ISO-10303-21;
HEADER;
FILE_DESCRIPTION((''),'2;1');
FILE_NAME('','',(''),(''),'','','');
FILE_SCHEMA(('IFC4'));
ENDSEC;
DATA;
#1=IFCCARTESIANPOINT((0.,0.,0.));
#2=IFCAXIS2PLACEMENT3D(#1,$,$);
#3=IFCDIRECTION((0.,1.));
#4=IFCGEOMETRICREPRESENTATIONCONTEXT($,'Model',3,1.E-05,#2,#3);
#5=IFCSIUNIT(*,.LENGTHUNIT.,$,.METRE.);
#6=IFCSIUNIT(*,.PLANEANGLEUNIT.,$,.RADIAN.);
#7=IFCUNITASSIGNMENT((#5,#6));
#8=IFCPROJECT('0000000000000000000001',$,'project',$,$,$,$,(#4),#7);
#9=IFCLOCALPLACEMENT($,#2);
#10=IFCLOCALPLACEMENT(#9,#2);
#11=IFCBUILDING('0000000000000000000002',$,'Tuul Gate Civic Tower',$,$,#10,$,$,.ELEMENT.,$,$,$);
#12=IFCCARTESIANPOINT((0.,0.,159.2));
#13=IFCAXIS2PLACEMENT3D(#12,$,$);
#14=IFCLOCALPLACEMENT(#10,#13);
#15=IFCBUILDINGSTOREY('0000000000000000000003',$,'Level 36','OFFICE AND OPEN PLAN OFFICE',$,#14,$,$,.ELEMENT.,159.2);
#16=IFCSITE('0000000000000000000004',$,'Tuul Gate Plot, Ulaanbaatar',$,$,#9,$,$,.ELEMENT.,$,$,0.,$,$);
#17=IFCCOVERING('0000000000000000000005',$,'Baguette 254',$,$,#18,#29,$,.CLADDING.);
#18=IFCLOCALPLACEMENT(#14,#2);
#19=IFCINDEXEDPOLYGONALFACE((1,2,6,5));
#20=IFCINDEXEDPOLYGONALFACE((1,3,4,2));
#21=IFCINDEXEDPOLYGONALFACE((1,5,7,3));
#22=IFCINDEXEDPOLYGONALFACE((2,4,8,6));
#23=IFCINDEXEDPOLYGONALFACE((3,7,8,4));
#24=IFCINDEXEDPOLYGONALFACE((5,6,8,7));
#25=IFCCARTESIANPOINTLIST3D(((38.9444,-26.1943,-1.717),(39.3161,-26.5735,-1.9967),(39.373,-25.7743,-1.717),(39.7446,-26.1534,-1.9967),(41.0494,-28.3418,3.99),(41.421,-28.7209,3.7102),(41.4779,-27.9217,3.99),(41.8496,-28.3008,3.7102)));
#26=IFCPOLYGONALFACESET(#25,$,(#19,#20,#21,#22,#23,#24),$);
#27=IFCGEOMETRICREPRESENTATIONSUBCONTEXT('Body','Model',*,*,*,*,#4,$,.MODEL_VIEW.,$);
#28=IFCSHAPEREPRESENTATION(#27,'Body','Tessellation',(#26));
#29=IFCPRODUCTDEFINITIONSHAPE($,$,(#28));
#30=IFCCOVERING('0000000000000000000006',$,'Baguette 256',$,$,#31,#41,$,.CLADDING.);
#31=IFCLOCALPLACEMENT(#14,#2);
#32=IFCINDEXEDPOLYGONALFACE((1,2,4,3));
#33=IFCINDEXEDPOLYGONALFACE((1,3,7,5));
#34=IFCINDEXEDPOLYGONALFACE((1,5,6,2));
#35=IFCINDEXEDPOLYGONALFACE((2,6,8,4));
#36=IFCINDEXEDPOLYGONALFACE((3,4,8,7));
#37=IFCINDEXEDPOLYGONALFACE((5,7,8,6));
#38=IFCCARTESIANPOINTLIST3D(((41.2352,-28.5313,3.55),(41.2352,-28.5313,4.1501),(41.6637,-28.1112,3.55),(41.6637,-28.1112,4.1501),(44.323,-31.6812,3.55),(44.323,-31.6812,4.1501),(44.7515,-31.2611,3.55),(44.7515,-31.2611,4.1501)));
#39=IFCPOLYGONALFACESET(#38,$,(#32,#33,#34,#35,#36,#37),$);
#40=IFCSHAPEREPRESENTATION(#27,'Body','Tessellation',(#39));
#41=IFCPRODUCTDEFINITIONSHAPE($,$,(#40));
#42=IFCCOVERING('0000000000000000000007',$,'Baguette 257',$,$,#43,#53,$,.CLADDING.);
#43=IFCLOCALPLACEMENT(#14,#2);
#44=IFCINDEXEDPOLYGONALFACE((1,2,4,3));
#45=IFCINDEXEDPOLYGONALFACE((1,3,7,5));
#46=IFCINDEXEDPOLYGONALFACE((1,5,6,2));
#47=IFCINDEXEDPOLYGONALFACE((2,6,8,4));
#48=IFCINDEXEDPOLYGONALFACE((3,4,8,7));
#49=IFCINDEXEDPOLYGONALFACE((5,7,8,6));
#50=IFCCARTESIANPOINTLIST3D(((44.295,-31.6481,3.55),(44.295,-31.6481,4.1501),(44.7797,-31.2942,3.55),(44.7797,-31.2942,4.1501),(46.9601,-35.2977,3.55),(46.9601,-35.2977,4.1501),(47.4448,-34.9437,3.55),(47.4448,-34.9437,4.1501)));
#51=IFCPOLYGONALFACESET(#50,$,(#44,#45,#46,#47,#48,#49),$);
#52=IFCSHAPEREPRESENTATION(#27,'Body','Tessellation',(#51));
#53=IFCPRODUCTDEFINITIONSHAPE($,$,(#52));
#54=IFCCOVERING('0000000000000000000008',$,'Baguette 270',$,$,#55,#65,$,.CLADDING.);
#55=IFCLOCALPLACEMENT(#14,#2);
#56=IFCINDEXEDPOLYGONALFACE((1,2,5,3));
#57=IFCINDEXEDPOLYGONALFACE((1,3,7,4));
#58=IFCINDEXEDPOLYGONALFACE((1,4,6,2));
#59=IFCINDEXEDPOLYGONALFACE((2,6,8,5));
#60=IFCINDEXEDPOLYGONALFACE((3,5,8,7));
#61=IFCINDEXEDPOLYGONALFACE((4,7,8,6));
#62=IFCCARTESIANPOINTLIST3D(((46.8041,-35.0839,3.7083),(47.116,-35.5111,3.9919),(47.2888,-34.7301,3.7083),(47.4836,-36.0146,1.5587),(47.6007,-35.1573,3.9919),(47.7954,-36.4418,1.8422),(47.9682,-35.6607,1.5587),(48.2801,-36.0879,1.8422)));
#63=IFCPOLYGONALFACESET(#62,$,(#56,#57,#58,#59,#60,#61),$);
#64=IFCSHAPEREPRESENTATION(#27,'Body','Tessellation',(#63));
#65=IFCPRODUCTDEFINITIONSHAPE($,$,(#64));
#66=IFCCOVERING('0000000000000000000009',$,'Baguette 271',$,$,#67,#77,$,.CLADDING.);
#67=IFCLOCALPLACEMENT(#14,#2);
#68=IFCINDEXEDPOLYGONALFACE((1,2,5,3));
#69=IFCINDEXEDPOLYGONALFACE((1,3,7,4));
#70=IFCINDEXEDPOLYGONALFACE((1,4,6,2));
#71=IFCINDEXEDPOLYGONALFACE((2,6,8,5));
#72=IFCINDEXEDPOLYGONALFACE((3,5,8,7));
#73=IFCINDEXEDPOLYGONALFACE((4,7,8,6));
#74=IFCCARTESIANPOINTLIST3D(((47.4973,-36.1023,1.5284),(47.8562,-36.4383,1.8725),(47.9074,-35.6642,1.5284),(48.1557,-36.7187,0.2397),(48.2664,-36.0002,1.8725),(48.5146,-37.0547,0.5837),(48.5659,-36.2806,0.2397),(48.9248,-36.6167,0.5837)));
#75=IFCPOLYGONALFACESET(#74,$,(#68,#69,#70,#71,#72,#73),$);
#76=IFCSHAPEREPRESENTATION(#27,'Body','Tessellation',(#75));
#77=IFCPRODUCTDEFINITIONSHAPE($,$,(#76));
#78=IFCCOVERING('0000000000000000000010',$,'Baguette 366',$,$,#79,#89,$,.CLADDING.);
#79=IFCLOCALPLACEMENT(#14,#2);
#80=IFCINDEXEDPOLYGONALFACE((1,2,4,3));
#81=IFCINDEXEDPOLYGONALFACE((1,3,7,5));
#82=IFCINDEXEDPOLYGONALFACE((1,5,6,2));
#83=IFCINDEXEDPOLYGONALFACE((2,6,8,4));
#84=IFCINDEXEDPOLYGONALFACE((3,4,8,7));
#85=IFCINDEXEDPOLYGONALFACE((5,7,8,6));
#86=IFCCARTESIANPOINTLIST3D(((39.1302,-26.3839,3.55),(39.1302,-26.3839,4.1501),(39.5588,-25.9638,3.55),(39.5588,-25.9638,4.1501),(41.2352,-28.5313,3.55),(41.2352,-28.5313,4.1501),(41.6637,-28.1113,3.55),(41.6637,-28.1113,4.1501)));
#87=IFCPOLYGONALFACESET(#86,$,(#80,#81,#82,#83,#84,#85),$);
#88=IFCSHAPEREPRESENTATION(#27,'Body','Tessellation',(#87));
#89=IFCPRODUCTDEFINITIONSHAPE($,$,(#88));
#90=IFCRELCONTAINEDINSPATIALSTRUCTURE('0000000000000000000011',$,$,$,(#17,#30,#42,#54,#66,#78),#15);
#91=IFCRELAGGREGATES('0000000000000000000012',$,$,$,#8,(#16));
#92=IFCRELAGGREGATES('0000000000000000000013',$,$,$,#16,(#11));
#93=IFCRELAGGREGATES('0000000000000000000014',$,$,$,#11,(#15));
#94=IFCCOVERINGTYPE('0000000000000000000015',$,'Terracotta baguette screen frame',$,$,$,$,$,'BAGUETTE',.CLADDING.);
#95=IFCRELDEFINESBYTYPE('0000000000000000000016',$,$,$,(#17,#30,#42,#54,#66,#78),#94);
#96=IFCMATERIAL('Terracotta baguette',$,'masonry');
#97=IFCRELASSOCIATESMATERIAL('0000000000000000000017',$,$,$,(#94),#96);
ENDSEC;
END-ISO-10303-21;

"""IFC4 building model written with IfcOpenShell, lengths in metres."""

from ifc_helpers import new_model, si_unit, direction, frame, origin, origin_2d, place, context, subcontext, project, spatial, rectangle, extrude, material, material_profile, profile_set, type_object, element, save


model = new_model("IFC4")

# Units and contexts
model_context = context("Model", 3, precision=1e-05, world=origin(), true_north=direction((0.0, 1.0)))
body_context = subcontext(model_context, "Body", "Model", "MODEL_VIEW")
ifc_project = project(units=[si_unit("LENGTHUNIT", "METRE"), si_unit("PLANEANGLEUNIT", "RADIAN")], contexts=[model_context])

# Site, building, storey
site_placement = place(None, origin())
site = spatial("IfcSite", under=ifc_project, at=site_placement, Name="Tuul Gate Plot, Ulaanbaatar", CompositionType="ELEMENT", RefElevation=0.0)
building_placement = place(site_placement, origin())
building = spatial("IfcBuilding", under=site, at=building_placement, Name="Tuul Gate Civic Tower", CompositionType="ELEMENT")
storey_placement = place(building_placement, frame((0.0, 0.0, 159.2)))
storey = spatial("IfcBuildingStorey", under=building, at=storey_placement, Name="Level 36", Description="OFFICE AND OPEN PLAN OFFICE", CompositionType="ELEMENT", Elevation=159.2)

# Coverings
ifc_material_1 = material(Name="Terracotta baguette", Category="masonry")
ifc_material_profile_1 = material_profile(ifc_material_1, rectangle(XDim=0.6001, YDim=0.6001, at=origin_2d()), Name="Terracotta baguette screen frame")
ifc_profile_set_1 = profile_set([ifc_material_profile_1], Name="Terracotta baguette")
covering_type = type_object("IfcCoveringType", Name="Terracotta baguette screen frame", ElementType="BAGUETTE", PredefinedType="CLADDING", material=ifc_profile_set_1)
covering_1_placement = place(storey_placement, frame((41.4495, -28.3213, 3.8501), z_axis=(-0.326313, 0.332899, -0.884702), x_axis=(-0.714135, -0.700008, 0.0)))
element("IfcCovering", 1, at=covering_1_placement, inside=storey, type_object=covering_type, Name="Baguette 254", PredefinedType="CLADDING", context=body_context, shape_type="SweptSolid", body=[
    extrude(rectangle(XDim=0.6001, YDim=0.6001, at=origin_2d()), origin(), (0.0, 0.0, 1.0), 6.4507),
])
covering_2_placement = place(storey_placement, frame((41.4495, -28.3213, 3.8501), z_axis=(0.700043, -0.714101, 0.0), x_axis=(0.714101, 0.700043, 0.0)))
element("IfcCovering", 2, at=covering_2_placement, inside=storey, type_object=covering_type, Name="Baguette 256", PredefinedType="CLADDING", context=body_context, shape_type="SweptSolid", body=[
    extrude(rectangle(XDim=0.6001, YDim=0.6001, at=origin_2d()), origin(), (0.0, 0.0, 1.0), 4.4109),
])
covering_3_placement = place(storey_placement, frame((44.5374, -31.4712, 3.8501), z_axis=(0.589751, -0.807585, 0.0), x_axis=(0.807585, 0.589751, 0.0)))
element("IfcCovering", 3, at=covering_3_placement, inside=storey, type_object=covering_type, Name="Baguette 257", PredefinedType="CLADDING", context=body_context, shape_type="SweptSolid", body=[
    extrude(rectangle(XDim=0.6001, YDim=0.6001, at=origin_2d()), origin(), (0.0, 0.0, 1.0), 4.519),
])
covering_4_placement = place(storey_placement, frame((47.2024, -35.1206, 3.8501), z_axis=(0.278572, -0.381573, -0.881362), x_axis=(0.807663, 0.589645, 0.0)))
element("IfcCovering", 4, at=covering_4_placement, inside=storey, type_object=covering_type, Name="Baguette 270", PredefinedType="CLADDING", context=body_context, shape_type="SweptSolid", body=[
    extrude(rectangle(XDim=0.6001, YDim=0.6001, at=origin_2d()), origin(), (0.0, 0.0, 1.0), 2.439),
])
covering_5_placement = place(storey_placement, frame((47.8818, -36.0513, 1.7004), z_axis=(0.418568, -0.391874, -0.819289), x_axis=(0.683446, 0.730001, 0.0)))
element("IfcCovering", 5, at=covering_5_placement, inside=storey, type_object=covering_type, Name="Baguette 271", PredefinedType="CLADDING", context=body_context, shape_type="SweptSolid", body=[
    extrude(rectangle(XDim=0.6001, YDim=0.6001, at=origin_2d()), origin(), (0.0, 0.0, 1.0), 1.573),
])
covering_6_placement = place(storey_placement, frame((39.3445, -26.1738, 3.8501), z_axis=(0.700008, -0.714135, 0.0), x_axis=(0.714135, 0.700008, 0.0)))
element("IfcCovering", 6, at=covering_6_placement, inside=storey, type_object=covering_type, Name="Baguette 366", PredefinedType="CLADDING", context=body_context, shape_type="SweptSolid", body=[
    extrude(rectangle(XDim=0.6001, YDim=0.6001, at=origin_2d()), origin(), (0.0, 0.0, 1.0), 3.0071),
])

save(model, "model.ifc")
